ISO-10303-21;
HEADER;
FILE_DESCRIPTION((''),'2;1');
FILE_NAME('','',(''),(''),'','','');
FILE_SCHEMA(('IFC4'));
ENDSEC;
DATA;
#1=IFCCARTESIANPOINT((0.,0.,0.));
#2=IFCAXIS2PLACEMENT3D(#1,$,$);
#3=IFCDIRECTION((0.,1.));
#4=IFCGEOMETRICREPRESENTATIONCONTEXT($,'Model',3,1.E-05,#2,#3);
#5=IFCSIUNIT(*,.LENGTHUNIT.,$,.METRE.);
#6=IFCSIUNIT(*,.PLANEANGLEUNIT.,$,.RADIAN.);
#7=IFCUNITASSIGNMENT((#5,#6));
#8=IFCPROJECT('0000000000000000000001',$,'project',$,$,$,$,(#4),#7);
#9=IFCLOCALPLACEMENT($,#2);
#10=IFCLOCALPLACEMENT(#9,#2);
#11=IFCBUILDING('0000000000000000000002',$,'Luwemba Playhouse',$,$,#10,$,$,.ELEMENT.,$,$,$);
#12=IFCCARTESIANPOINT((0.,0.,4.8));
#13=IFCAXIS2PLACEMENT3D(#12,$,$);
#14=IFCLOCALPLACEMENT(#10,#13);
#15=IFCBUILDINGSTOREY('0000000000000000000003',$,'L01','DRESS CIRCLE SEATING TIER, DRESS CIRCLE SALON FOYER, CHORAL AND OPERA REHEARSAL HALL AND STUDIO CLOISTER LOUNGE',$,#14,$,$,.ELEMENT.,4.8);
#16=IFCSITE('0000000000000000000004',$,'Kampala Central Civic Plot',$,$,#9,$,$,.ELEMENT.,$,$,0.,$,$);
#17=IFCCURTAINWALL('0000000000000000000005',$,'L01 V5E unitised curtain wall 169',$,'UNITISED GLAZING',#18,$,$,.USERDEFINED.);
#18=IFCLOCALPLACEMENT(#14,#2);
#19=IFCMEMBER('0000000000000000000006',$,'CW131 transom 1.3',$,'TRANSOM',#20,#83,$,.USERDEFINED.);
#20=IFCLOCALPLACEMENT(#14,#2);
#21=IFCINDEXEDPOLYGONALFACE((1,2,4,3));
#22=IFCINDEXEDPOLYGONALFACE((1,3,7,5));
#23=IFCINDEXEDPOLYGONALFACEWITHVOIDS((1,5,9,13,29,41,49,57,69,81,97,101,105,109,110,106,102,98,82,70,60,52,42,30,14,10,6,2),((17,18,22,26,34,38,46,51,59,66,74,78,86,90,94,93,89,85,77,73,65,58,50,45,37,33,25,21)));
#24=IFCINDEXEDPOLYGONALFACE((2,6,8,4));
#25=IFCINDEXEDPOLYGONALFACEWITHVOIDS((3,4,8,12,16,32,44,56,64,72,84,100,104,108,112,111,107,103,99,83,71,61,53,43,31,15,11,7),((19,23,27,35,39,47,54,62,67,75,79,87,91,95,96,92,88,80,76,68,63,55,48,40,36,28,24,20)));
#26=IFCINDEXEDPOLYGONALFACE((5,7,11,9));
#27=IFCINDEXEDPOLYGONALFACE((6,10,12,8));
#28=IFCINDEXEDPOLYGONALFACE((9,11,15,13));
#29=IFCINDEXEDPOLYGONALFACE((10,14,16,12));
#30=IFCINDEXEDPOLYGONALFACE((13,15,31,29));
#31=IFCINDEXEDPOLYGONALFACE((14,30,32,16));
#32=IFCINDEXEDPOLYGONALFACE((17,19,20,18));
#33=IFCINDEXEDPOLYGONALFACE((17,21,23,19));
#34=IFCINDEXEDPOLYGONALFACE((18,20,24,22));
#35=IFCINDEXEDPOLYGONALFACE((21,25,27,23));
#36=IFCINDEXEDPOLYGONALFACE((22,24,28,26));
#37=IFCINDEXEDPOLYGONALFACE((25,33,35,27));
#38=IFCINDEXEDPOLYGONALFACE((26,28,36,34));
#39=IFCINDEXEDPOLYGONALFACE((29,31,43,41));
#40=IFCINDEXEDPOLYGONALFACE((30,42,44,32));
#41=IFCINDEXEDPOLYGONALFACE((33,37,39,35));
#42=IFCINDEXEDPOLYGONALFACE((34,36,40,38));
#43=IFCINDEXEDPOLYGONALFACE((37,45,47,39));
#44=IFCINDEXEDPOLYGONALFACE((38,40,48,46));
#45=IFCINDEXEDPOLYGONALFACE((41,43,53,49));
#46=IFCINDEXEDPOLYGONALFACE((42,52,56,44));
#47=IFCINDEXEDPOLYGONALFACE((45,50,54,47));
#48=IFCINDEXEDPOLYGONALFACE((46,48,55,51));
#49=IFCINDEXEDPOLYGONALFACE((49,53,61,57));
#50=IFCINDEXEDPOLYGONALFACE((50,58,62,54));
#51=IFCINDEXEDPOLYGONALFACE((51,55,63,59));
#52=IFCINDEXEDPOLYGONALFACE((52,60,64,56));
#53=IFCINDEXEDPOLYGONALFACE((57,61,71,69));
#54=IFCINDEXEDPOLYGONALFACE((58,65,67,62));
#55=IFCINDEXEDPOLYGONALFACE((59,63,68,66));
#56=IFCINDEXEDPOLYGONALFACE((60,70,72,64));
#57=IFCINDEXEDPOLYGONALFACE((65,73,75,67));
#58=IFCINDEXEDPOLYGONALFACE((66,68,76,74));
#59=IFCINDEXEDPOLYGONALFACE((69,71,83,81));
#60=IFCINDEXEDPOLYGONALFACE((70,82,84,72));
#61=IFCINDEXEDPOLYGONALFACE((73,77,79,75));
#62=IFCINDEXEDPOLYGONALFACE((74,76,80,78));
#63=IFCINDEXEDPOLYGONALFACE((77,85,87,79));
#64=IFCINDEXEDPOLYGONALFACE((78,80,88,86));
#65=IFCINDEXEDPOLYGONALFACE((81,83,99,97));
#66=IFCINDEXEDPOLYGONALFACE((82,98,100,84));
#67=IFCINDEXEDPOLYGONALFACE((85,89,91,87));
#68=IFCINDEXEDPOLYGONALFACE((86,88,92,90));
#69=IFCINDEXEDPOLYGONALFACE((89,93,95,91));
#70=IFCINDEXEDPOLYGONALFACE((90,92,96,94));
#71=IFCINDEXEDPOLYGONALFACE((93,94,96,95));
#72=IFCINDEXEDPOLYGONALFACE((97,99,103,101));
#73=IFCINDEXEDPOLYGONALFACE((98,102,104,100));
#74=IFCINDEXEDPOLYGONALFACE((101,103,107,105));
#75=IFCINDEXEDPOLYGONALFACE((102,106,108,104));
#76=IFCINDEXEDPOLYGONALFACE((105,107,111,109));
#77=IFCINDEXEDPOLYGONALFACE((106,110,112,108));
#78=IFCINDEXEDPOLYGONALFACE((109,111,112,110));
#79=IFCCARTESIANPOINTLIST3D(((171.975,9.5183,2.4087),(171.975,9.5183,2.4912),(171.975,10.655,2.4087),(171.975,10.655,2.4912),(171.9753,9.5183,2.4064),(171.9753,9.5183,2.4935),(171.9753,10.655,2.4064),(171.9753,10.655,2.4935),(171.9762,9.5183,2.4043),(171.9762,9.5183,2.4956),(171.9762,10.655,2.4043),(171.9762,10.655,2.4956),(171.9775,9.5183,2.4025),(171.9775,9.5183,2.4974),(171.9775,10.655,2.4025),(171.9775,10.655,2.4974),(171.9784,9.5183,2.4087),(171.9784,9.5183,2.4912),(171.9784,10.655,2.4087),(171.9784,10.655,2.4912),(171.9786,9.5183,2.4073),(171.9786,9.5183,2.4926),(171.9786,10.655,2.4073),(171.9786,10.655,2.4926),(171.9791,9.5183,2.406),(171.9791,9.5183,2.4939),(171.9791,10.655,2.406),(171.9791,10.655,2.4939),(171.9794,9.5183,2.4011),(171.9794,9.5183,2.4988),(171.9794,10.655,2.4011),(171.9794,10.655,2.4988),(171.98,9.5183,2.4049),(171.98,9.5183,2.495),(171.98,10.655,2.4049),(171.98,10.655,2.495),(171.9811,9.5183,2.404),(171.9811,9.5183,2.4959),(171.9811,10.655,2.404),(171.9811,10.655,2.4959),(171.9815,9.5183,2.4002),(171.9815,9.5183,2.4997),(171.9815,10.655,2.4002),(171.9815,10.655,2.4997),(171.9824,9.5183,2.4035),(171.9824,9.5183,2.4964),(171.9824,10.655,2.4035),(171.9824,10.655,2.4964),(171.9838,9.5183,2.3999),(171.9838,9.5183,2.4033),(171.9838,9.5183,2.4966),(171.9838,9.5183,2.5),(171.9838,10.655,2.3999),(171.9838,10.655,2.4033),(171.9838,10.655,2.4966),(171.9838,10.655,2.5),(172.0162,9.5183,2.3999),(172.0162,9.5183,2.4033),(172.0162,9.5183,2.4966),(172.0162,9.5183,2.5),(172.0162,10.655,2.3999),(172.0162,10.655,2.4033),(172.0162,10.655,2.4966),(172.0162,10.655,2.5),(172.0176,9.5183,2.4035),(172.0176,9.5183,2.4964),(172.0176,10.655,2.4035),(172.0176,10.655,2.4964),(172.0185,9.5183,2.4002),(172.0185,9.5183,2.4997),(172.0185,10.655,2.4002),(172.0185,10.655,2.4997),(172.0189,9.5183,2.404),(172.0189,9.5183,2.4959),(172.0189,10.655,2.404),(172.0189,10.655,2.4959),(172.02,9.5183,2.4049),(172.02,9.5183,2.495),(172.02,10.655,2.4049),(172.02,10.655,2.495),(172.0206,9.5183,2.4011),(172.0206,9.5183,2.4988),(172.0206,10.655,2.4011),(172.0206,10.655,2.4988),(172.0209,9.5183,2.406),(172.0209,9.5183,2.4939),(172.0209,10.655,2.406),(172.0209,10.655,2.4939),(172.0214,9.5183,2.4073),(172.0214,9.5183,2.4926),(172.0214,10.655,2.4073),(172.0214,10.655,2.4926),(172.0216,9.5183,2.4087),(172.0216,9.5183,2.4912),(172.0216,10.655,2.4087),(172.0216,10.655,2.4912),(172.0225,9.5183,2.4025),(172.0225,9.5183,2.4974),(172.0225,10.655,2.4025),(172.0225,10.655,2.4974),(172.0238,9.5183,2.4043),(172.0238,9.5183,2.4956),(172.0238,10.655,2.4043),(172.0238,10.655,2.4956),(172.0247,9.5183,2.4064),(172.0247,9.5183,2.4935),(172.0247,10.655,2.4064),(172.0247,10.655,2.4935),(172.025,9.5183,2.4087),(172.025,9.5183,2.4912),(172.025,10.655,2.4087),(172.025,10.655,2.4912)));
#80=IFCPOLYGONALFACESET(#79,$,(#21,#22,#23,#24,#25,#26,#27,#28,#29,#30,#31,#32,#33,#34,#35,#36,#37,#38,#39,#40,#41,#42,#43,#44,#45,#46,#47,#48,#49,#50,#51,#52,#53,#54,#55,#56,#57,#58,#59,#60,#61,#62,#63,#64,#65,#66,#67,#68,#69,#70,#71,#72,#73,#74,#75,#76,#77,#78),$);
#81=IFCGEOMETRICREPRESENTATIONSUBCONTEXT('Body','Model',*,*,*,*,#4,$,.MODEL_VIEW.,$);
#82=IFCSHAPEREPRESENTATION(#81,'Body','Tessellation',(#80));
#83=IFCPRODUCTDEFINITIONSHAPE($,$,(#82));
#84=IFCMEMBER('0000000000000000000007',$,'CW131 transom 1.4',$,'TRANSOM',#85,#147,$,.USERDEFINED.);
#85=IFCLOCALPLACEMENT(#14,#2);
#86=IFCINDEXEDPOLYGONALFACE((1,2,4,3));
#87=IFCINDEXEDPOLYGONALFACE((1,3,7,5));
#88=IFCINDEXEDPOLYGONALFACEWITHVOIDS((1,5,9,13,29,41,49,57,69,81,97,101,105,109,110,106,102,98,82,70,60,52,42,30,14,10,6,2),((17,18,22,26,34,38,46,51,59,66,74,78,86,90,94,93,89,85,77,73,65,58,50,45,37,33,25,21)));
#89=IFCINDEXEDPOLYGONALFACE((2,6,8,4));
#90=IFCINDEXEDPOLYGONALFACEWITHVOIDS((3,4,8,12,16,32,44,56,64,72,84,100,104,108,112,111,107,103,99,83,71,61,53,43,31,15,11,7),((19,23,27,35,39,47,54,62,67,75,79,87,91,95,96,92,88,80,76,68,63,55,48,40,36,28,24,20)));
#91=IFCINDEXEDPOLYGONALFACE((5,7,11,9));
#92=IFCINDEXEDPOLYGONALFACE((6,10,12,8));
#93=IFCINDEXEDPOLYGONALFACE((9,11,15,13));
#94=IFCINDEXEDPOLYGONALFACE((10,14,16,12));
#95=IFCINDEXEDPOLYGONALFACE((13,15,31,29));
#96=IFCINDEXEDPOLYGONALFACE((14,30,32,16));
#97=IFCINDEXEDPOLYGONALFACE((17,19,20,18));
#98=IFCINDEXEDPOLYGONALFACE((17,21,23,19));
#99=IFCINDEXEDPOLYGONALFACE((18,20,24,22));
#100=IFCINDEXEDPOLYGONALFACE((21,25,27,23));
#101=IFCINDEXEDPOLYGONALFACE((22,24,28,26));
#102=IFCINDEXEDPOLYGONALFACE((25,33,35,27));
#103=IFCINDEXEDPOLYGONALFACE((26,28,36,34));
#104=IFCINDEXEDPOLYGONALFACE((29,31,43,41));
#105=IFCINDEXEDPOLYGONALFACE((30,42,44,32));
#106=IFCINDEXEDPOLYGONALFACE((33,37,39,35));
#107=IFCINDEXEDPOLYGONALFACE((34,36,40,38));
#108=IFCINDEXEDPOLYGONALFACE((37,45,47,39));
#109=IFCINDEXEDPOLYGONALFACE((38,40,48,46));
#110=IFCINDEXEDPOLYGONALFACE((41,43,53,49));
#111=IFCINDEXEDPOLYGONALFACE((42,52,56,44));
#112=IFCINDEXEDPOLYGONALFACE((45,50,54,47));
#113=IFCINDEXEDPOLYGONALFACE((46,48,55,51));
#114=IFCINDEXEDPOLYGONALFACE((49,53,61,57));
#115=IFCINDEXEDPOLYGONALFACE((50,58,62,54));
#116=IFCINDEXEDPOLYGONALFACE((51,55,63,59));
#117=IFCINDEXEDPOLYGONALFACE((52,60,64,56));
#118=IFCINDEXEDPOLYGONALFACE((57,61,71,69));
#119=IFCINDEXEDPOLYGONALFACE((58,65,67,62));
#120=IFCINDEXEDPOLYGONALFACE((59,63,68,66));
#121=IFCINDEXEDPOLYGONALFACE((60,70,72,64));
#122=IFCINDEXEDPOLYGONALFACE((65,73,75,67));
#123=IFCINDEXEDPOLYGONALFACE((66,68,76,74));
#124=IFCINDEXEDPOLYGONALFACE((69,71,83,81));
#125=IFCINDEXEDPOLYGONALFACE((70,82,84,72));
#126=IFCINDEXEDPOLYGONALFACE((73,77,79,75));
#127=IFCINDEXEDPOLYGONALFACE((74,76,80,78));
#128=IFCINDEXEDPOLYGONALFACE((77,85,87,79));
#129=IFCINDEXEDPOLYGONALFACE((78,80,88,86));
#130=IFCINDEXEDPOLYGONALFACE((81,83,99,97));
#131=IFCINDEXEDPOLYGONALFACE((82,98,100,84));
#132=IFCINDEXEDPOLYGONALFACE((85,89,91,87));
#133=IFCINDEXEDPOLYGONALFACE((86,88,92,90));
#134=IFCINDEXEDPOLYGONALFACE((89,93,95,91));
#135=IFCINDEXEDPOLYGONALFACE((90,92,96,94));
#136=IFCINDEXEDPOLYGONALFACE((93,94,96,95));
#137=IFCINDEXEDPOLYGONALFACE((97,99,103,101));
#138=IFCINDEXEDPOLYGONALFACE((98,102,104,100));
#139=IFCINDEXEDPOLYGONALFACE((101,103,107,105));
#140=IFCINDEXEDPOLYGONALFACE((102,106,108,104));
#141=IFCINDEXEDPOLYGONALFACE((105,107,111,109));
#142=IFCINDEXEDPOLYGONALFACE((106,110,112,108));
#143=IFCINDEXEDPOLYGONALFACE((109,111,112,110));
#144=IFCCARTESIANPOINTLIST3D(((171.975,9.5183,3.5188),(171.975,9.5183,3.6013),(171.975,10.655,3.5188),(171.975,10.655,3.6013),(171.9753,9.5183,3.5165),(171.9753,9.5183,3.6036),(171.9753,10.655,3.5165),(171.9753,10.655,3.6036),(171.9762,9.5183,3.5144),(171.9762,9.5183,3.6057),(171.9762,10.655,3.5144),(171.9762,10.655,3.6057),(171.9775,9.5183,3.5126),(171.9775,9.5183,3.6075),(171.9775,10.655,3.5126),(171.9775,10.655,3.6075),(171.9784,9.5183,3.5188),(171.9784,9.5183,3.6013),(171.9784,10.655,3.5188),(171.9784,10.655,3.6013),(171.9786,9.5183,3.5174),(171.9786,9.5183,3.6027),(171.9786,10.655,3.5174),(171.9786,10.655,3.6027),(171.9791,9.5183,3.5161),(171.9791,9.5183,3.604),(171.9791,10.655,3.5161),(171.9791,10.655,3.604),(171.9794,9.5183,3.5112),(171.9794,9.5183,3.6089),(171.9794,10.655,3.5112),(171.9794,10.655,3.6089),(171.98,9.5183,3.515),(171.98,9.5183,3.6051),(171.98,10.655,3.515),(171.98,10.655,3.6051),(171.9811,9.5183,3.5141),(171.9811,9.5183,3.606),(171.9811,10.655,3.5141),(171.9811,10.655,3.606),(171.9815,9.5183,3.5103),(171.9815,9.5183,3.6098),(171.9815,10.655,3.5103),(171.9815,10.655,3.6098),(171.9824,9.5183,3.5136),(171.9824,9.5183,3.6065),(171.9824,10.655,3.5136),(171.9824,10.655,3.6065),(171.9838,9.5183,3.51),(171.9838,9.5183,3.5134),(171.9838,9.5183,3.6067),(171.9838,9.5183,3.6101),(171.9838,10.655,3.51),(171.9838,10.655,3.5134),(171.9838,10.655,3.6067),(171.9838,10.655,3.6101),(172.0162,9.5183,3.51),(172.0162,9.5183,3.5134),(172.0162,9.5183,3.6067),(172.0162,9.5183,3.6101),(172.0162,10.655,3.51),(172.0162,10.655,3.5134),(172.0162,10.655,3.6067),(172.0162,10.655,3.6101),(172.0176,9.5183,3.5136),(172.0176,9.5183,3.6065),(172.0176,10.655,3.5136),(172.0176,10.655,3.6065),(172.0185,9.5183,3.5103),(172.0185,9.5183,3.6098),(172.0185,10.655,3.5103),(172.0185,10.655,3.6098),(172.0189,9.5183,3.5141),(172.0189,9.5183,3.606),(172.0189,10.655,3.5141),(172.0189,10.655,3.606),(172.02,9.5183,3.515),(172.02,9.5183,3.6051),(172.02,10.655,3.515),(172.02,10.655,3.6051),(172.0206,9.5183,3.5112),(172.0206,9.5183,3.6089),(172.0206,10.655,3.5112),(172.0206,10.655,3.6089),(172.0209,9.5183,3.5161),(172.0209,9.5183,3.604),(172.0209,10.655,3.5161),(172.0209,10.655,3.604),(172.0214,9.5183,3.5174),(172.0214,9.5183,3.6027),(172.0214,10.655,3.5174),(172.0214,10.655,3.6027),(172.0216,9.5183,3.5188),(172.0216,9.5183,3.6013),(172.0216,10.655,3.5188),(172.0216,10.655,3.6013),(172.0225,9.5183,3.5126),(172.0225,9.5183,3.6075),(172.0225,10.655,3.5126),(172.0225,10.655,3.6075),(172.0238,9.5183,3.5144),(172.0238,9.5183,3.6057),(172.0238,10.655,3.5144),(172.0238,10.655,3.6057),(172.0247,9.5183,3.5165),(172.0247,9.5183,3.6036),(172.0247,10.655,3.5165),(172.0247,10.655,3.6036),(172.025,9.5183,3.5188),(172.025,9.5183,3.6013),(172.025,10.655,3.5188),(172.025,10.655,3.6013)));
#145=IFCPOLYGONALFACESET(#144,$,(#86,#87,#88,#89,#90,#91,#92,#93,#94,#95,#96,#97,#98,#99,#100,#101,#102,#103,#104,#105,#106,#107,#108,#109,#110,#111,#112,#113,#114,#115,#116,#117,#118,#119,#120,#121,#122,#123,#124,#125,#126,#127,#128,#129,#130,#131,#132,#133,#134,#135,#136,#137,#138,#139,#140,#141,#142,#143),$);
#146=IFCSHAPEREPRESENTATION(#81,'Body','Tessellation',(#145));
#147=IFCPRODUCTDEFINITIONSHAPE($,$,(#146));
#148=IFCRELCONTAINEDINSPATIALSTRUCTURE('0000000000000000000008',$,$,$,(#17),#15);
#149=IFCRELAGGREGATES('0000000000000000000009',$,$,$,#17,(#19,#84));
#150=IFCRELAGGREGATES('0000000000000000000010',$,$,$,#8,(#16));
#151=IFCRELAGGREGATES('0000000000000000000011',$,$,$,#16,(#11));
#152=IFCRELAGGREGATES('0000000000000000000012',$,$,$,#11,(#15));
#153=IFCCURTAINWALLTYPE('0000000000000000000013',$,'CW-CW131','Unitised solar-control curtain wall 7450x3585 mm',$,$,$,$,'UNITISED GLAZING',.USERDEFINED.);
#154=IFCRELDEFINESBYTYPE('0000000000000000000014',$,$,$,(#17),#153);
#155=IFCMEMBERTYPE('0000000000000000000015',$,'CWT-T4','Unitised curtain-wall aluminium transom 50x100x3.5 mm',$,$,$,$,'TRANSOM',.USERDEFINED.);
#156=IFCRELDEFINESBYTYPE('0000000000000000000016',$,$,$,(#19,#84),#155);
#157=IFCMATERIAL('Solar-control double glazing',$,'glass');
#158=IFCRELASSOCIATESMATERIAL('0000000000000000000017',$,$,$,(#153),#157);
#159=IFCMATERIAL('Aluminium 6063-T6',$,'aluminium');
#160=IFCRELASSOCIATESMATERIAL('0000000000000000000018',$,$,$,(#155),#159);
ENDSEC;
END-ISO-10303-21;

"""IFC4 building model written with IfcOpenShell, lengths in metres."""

from ifc_helpers import new_model, si_unit, direction, frame, origin, origin_2d, place, context, subcontext, project, spatial, hollow_rectangle, extrude, material, material_profile, profile_set, type_object, element, aggregate, save


model = new_model("IFC4")

# Units and contexts
model_context = context("Model", 3, precision=1e-05, world=origin(), true_north=direction((0.0, 1.0)))
body_context = subcontext(model_context, "Body", "Model", "MODEL_VIEW")
ifc_project = project(units=[si_unit("LENGTHUNIT", "METRE"), si_unit("PLANEANGLEUNIT", "RADIAN")], contexts=[model_context])

# Site, building, storey
site_placement = place(None, origin())
site = spatial("IfcSite", under=ifc_project, at=site_placement, Name="Kampala Central Civic Plot", CompositionType="ELEMENT", RefElevation=0.0)
building_placement = place(site_placement, origin())
building = spatial("IfcBuilding", under=site, at=building_placement, Name="Luwemba Playhouse", CompositionType="ELEMENT")
storey_placement = place(building_placement, frame((0.0, 0.0, 4.8)))
storey = spatial("IfcBuildingStorey", under=building, at=storey_placement, Name="L01", Description="DRESS CIRCLE SEATING TIER, DRESS CIRCLE SALON FOYER, CHORAL AND OPERA REHEARSAL HALL AND STUDIO CLOISTER LOUNGE", CompositionType="ELEMENT", Elevation=4.8)

# Curtain wall, members
ifc_material_1 = material(Name="Solar-control double glazing", Category="glass")
ifc_material_2 = material(Name="Aluminium 6063-T6", Category="aluminium")
curtain_wall_type_1 = type_object("IfcCurtainWallType", Name="CW-CW131", Description="Unitised solar-control curtain wall 7450x3585 mm", ElementType="UNITISED GLAZING", PredefinedType="USERDEFINED", material=ifc_material_1)
curtain_wall_1_placement = place(storey_placement, origin())
curtain_wall_1 = element("IfcCurtainWall", 1, at=curtain_wall_1_placement, inside=storey, type_object=curtain_wall_type_1, Name="L01 V5E unitised curtain wall 169", ObjectType="UNITISED GLAZING", PredefinedType="USERDEFINED")
ifc_material_profile_1 = material_profile(ifc_material_2, hollow_rectangle(XDim=0.05, YDim=0.1001, WallThickness=0.0034, InnerFilletRadius=0.0054, OuterFilletRadius=0.0088, at=origin_2d()))
ifc_profile_set_1 = profile_set([ifc_material_profile_1], Name="Aluminium 6063-T6")
member_type_1 = type_object("IfcMemberType", Name="CWT-T4", Description="Unitised curtain-wall aluminium transom 50x100x3.5 mm", ElementType="TRANSOM", PredefinedType="USERDEFINED", material=ifc_profile_set_1)
member_1_placement = place(storey_placement, frame((172.0, 10.655, 2.45), z_axis=(0.0, -1.0, 0.0), x_axis=(1.0, 0.0, 0.0)))
member_1 = element("IfcMember", 2, at=member_1_placement, type_object=member_type_1, Name="CW131 transom 1.3", ObjectType="TRANSOM", PredefinedType="USERDEFINED", context=body_context, shape_type="SweptSolid", body=[
    extrude(hollow_rectangle(XDim=0.05, YDim=0.1001, WallThickness=0.0034, InnerFilletRadius=0.0054, OuterFilletRadius=0.0088, at=origin_2d()), origin(), (0.0, 0.0, 1.0), 1.1367),
])
member_2_placement = place(storey_placement, frame((172.0, 10.655, 3.5601), z_axis=(0.0, -1.0, 0.0), x_axis=(1.0, 0.0, 0.0)))
member_2 = element("IfcMember", 3, at=member_2_placement, type_object=member_type_1, Name="CW131 transom 1.4", ObjectType="TRANSOM", PredefinedType="USERDEFINED", context=body_context, shape_type="SweptSolid", body=[
    extrude(hollow_rectangle(XDim=0.05, YDim=0.1001, WallThickness=0.0034, InnerFilletRadius=0.0054, OuterFilletRadius=0.0088, at=origin_2d()), origin(), (0.0, 0.0, 1.0), 1.1367),
])

aggregate(curtain_wall_1, [member_1, member_2])

save(model, "model.ifc")
